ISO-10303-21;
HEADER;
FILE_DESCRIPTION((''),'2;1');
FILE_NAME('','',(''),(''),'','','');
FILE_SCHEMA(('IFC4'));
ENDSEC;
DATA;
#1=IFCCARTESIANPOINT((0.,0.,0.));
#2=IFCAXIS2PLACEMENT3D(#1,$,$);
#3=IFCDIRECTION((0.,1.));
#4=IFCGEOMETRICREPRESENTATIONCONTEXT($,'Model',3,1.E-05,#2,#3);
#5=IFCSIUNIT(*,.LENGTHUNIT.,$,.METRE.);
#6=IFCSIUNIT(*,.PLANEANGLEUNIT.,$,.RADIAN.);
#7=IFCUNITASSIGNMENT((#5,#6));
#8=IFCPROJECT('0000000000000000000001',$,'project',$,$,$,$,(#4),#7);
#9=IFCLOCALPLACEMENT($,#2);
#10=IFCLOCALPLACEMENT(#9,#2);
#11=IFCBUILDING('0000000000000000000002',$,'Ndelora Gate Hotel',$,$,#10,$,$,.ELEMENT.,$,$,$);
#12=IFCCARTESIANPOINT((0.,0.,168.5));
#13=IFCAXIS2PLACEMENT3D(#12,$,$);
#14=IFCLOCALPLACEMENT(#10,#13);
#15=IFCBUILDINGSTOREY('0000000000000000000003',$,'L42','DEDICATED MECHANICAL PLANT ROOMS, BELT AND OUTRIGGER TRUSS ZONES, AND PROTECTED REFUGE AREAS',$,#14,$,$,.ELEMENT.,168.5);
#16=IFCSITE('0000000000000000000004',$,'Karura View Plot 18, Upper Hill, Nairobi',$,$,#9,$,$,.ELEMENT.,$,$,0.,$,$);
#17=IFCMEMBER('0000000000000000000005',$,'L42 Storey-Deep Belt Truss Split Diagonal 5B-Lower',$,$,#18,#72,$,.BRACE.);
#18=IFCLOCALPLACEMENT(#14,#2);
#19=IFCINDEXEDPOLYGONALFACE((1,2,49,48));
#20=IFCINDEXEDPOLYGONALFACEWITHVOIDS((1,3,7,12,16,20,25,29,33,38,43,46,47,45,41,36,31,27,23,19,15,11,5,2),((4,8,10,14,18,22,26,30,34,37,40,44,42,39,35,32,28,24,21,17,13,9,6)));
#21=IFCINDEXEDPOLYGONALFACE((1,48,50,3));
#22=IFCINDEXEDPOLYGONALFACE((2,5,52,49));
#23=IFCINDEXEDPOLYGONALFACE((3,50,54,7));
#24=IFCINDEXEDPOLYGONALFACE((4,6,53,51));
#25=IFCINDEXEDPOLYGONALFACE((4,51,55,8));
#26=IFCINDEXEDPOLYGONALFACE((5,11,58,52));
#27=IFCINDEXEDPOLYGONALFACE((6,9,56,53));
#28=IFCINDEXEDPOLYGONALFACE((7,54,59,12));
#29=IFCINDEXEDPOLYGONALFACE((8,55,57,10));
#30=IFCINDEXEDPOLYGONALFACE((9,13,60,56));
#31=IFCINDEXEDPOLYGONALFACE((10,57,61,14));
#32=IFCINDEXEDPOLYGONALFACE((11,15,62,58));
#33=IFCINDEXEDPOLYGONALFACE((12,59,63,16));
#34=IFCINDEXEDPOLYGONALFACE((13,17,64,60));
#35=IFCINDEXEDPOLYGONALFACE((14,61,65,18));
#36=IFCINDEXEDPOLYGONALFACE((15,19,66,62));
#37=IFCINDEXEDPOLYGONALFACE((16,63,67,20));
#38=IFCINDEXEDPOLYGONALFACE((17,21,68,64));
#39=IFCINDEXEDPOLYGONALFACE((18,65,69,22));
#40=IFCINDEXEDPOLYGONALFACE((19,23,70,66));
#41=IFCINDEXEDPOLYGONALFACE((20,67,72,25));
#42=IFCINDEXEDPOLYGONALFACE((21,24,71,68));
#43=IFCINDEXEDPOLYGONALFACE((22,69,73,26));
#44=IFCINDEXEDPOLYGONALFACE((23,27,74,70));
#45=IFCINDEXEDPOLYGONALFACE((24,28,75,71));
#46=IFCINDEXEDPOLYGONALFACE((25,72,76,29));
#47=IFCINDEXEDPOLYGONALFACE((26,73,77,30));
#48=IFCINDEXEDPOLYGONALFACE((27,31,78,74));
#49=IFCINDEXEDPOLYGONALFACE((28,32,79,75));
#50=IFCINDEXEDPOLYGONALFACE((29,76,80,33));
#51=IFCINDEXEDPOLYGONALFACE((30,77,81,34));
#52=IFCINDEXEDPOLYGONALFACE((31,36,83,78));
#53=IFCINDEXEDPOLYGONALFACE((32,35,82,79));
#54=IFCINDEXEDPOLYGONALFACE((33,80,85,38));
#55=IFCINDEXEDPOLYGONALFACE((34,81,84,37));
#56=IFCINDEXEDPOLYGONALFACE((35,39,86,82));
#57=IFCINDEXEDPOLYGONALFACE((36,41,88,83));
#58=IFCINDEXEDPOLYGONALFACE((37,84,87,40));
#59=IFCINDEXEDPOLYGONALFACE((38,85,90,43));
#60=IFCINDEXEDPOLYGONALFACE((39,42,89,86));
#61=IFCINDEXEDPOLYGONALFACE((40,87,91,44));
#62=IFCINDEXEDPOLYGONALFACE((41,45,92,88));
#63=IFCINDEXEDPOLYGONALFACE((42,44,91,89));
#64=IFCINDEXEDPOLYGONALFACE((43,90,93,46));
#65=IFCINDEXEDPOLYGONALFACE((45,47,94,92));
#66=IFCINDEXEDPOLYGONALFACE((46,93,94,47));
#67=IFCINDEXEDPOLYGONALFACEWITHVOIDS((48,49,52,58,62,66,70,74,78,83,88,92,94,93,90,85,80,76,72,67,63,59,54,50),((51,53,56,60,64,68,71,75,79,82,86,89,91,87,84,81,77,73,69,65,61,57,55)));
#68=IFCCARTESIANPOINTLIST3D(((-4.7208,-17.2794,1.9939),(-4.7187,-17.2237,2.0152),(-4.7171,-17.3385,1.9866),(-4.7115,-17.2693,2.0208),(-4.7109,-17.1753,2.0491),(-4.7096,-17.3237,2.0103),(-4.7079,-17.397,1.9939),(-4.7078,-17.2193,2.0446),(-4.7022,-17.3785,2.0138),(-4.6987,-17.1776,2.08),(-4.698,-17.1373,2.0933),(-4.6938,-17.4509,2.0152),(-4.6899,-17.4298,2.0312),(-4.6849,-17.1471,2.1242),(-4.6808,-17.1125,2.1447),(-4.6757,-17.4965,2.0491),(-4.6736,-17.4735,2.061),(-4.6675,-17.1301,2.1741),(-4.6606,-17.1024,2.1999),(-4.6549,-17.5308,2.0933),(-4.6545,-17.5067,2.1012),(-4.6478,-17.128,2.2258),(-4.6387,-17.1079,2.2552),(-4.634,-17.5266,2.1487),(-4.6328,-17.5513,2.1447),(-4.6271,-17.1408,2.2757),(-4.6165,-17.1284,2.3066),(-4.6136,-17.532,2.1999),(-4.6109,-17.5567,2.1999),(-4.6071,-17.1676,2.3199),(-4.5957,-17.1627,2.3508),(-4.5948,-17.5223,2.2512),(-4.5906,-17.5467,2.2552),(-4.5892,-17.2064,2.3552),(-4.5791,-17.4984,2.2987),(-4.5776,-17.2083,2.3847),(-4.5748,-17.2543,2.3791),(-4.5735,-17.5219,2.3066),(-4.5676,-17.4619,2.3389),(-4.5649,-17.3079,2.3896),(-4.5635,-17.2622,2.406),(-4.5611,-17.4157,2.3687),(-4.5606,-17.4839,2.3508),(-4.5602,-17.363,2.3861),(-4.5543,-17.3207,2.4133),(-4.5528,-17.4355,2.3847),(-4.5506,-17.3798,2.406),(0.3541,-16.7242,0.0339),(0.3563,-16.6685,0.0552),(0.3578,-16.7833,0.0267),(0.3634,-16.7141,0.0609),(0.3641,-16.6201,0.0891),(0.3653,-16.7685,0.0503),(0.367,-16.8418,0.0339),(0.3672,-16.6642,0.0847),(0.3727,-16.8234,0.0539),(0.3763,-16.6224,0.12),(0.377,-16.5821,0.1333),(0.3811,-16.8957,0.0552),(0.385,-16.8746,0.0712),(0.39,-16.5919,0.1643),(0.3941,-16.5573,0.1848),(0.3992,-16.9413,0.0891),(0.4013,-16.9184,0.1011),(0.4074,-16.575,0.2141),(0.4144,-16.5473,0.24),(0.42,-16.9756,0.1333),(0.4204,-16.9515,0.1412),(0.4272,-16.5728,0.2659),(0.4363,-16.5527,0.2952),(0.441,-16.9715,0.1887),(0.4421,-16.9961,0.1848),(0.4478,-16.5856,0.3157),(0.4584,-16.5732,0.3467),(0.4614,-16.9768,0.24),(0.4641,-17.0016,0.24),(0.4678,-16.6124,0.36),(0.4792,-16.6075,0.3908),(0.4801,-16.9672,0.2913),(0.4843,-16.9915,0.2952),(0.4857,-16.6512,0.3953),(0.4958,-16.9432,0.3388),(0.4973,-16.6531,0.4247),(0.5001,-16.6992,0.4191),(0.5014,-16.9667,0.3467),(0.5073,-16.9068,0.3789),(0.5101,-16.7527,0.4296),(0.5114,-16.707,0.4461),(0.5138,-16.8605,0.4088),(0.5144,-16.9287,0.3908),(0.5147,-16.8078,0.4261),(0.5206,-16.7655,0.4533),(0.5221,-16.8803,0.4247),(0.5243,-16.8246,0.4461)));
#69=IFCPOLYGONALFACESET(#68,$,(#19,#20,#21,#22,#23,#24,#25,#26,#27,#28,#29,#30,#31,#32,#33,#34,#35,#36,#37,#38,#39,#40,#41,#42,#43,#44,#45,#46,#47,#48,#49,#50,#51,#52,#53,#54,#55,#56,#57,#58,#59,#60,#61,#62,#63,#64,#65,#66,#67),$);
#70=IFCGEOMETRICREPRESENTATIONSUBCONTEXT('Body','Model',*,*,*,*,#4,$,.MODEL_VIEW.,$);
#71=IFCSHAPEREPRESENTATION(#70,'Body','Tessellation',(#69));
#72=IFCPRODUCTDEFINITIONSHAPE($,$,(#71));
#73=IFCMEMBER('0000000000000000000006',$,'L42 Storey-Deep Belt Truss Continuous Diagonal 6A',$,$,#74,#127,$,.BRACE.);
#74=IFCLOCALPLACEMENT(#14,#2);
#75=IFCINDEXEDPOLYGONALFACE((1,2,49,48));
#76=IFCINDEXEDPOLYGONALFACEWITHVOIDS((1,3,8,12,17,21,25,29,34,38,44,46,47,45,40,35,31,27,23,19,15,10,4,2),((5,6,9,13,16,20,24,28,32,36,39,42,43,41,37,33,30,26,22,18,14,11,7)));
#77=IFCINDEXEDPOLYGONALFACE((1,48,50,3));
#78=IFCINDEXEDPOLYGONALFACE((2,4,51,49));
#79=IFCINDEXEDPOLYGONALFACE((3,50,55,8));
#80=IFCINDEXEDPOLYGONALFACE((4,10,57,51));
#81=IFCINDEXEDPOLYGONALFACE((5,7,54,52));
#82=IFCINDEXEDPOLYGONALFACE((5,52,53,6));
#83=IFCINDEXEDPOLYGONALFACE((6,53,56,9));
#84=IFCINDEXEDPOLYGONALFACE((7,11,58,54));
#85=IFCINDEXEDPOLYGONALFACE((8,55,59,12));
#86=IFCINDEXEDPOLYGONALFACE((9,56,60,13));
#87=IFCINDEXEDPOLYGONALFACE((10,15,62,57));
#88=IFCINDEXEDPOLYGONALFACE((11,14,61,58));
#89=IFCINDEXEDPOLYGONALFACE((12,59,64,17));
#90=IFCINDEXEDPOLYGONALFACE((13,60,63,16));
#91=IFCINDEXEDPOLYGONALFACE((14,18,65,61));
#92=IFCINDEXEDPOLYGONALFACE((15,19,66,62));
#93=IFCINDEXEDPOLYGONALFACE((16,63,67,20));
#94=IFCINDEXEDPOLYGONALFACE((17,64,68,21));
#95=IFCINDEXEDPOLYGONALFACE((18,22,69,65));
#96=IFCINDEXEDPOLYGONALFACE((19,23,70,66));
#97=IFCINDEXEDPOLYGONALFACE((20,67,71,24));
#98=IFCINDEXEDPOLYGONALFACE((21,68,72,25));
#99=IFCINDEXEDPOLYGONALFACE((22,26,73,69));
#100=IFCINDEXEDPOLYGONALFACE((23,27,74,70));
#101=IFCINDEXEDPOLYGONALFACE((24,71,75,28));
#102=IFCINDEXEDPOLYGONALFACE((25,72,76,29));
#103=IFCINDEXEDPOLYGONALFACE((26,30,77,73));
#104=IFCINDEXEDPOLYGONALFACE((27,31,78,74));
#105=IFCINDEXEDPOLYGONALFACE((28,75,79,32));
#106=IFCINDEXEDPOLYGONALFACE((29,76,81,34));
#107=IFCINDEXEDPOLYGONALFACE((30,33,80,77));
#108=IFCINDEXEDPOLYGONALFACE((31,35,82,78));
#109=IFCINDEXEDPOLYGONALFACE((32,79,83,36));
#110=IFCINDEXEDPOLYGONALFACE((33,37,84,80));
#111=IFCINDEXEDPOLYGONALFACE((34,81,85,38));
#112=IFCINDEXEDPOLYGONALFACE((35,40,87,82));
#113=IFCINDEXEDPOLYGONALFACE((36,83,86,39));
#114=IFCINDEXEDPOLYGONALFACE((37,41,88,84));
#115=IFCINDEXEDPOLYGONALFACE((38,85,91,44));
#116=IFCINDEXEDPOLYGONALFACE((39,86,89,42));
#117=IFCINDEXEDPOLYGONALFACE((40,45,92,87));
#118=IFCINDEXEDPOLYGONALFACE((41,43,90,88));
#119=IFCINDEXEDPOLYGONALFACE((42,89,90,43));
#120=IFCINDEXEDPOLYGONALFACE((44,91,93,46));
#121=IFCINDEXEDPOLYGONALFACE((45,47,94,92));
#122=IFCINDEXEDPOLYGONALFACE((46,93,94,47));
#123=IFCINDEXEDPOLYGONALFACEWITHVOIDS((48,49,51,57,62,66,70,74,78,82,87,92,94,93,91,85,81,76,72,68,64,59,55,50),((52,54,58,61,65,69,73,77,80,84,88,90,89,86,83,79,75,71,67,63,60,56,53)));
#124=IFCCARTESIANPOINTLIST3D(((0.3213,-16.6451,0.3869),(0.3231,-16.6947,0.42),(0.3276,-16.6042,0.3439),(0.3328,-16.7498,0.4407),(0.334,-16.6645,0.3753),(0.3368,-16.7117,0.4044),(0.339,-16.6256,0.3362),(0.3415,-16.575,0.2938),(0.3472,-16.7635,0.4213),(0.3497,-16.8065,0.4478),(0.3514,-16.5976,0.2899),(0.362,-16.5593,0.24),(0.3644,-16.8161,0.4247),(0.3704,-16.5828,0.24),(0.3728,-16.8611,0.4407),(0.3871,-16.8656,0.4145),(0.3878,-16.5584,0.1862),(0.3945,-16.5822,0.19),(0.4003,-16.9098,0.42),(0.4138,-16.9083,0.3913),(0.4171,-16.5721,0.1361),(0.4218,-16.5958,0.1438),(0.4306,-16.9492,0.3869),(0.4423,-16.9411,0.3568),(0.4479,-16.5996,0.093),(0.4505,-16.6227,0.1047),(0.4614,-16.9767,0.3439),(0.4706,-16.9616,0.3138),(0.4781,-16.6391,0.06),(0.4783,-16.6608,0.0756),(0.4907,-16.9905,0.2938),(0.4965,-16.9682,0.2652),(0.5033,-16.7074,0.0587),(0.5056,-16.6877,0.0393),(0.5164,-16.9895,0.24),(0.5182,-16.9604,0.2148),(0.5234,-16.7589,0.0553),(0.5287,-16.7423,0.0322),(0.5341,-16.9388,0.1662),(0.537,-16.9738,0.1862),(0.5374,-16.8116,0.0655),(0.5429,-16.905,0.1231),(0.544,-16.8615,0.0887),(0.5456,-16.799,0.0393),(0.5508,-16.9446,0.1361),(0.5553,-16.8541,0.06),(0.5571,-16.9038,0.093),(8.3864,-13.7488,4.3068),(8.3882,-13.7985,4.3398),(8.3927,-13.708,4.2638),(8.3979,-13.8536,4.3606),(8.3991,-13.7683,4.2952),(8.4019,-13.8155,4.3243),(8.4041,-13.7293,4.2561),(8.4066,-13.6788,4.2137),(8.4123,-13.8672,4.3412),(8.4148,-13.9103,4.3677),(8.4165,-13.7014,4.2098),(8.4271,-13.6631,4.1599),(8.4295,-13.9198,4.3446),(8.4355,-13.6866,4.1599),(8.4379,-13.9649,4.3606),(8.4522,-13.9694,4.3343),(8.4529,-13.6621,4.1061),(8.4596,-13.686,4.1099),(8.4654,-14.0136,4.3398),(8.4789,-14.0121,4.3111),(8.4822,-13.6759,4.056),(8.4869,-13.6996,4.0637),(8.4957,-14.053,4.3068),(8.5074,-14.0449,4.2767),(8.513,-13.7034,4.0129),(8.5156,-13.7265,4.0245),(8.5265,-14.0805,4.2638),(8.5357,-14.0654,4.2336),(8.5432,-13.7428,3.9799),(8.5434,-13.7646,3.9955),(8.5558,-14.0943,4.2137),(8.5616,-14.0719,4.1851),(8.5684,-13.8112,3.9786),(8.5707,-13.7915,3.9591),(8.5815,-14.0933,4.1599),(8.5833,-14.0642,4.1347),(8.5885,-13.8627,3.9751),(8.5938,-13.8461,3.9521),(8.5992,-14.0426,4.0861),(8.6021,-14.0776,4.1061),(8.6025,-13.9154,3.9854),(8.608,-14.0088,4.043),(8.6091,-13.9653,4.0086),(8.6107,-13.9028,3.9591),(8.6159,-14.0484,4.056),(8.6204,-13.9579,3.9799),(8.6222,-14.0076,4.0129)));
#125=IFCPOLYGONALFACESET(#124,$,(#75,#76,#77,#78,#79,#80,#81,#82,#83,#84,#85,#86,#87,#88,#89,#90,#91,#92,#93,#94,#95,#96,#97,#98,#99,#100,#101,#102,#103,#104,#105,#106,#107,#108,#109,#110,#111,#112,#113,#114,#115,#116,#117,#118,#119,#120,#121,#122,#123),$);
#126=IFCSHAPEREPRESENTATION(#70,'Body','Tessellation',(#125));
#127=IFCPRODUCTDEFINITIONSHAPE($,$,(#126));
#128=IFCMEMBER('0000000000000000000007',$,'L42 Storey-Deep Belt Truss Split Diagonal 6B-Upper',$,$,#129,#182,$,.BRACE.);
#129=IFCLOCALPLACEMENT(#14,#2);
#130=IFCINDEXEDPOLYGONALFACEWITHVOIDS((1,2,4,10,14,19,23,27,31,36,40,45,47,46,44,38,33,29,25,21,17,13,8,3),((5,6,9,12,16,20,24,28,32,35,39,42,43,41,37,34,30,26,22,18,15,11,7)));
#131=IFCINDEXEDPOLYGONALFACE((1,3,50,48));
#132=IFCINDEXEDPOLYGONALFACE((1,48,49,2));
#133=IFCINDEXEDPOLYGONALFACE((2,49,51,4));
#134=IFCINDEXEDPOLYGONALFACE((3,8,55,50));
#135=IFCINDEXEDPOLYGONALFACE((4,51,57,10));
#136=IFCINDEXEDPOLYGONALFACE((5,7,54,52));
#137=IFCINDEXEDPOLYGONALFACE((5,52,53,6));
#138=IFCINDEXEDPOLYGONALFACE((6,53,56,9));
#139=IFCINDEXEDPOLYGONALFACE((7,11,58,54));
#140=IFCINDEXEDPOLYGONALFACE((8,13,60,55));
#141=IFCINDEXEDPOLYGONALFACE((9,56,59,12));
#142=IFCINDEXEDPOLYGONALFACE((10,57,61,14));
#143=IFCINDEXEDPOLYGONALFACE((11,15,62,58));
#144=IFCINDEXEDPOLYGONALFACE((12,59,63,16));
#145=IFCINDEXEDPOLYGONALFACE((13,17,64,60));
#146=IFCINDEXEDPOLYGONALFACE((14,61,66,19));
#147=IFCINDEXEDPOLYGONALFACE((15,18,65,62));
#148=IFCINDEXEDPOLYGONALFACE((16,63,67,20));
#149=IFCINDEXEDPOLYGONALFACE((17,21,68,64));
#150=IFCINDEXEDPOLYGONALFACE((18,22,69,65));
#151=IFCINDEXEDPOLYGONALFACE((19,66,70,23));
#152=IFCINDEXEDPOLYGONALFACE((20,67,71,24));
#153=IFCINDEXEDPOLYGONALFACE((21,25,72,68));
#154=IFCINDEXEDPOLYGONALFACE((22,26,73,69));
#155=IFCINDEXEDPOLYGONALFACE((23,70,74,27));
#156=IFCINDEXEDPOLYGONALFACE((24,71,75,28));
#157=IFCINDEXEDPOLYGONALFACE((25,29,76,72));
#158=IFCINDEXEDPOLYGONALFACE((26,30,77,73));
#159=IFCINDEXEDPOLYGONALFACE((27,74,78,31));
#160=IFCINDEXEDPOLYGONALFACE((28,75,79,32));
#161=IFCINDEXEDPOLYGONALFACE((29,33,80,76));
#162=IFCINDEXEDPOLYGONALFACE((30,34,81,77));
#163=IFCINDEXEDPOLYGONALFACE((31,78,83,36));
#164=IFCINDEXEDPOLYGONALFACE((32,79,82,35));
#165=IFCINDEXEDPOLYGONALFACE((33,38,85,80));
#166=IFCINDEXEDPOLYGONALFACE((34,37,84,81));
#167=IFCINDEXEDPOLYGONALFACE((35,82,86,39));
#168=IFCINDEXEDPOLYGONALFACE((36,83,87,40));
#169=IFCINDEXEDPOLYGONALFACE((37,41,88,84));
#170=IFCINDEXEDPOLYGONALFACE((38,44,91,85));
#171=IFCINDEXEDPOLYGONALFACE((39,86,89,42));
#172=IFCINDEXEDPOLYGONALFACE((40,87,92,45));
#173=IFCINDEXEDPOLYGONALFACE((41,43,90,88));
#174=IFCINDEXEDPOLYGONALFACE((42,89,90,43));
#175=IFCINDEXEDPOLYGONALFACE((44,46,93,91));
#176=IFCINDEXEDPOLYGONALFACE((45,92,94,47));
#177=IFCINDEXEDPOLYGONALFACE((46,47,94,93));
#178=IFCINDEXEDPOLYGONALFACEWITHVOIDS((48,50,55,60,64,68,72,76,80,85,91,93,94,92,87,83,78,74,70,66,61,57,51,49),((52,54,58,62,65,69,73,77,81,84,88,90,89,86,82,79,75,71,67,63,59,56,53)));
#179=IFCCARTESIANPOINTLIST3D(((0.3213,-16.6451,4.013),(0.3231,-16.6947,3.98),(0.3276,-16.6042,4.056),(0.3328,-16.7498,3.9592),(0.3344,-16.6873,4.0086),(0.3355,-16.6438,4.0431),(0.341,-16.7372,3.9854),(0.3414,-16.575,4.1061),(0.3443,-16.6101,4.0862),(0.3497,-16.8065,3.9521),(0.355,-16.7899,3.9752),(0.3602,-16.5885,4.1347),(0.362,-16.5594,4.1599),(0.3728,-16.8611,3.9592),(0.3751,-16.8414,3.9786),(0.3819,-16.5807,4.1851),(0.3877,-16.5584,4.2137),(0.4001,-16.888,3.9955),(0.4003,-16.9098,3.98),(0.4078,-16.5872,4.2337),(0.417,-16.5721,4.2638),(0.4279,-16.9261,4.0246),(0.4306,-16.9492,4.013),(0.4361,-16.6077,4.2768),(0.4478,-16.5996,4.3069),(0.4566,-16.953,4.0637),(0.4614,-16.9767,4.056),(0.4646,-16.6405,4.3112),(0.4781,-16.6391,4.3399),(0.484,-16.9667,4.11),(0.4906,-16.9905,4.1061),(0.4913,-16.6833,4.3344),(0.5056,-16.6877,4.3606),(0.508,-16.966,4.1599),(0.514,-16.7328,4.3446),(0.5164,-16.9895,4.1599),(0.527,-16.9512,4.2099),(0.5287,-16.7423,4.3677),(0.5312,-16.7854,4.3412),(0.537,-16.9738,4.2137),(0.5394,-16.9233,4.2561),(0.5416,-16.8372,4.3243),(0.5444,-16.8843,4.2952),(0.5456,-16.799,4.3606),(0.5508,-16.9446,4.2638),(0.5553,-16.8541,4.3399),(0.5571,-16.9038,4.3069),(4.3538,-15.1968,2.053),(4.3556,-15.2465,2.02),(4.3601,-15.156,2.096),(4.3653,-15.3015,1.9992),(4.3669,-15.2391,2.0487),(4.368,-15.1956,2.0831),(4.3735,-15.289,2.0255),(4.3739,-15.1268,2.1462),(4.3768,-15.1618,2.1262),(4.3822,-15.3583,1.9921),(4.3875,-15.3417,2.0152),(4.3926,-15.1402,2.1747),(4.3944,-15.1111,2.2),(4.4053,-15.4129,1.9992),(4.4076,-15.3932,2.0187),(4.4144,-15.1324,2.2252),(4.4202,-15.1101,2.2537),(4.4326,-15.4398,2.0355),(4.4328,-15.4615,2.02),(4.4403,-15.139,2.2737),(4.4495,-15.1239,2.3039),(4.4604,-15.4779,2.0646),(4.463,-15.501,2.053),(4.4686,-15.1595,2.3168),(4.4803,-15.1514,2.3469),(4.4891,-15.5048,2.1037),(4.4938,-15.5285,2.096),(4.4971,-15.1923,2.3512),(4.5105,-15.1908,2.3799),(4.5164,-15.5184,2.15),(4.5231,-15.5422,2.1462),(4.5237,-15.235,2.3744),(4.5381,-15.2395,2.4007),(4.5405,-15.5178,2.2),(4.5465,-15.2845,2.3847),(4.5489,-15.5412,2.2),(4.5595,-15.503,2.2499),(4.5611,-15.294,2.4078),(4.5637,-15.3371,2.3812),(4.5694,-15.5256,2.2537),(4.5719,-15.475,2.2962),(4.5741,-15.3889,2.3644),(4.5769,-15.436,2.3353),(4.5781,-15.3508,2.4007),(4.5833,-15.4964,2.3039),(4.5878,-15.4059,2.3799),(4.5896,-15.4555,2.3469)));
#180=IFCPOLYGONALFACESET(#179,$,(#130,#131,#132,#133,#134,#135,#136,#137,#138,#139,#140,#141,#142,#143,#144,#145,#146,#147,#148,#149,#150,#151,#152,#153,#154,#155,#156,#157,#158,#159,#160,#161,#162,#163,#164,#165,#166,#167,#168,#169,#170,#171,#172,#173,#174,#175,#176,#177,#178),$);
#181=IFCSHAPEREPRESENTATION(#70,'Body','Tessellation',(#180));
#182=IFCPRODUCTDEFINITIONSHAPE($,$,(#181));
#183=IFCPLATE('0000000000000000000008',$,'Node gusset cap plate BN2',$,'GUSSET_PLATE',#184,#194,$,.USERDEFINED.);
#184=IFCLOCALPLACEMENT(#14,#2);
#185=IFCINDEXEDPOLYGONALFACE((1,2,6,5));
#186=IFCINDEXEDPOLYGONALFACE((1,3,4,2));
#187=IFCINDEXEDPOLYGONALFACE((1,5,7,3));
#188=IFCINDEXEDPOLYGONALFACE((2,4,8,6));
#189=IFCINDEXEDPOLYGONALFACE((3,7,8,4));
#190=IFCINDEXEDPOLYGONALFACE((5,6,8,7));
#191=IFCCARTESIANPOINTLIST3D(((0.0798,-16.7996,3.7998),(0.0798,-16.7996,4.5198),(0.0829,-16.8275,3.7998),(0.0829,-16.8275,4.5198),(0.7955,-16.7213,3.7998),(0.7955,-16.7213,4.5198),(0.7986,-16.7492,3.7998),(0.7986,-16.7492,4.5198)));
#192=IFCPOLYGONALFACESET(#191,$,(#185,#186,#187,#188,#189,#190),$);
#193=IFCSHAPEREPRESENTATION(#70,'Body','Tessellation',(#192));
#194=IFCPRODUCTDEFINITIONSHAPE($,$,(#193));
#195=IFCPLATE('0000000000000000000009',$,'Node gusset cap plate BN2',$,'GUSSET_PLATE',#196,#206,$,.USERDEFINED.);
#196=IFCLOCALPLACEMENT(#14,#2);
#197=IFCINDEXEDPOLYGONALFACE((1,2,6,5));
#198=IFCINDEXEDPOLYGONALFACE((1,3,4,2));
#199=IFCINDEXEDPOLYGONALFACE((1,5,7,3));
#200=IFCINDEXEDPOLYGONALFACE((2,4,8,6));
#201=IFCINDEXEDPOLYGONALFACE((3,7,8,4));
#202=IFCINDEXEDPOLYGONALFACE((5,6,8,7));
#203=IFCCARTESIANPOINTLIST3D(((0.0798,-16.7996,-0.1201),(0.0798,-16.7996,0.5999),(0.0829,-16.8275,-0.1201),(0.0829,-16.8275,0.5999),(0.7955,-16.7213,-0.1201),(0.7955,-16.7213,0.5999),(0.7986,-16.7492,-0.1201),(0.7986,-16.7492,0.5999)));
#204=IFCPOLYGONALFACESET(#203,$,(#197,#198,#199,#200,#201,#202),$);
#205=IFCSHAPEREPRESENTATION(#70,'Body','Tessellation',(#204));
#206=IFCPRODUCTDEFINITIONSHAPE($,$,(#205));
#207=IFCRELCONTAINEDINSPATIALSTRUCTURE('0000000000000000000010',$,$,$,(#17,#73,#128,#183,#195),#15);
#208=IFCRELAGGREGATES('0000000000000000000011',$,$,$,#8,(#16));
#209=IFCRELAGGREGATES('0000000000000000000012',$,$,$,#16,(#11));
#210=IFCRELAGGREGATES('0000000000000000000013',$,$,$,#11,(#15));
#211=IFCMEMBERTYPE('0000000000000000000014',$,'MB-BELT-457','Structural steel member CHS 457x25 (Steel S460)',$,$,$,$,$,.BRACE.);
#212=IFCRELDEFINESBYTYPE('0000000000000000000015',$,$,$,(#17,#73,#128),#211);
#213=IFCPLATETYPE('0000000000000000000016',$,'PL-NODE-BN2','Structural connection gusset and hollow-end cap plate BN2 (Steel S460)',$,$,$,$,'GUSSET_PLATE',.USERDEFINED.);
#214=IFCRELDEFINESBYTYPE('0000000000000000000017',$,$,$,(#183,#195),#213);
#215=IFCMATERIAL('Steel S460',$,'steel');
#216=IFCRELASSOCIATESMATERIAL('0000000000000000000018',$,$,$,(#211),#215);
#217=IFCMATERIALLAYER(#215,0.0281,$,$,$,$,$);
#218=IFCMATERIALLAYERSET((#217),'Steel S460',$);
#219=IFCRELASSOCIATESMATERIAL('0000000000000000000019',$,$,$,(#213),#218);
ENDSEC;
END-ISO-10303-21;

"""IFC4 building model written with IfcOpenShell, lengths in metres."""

from ifc_helpers import new_model, si_unit, direction, frame, origin, origin_2d, place, context, subcontext, project, spatial, rectangle, hollow_circle, extrude, material, layer, layer_set, material_profile, profile_set, type_object, element, save


model = new_model("IFC4")

# Units and contexts
model_context = context("Model", 3, precision=1e-05, world=origin(), true_north=direction((0.0, 1.0)))
body_context = subcontext(model_context, "Body", "Model", "MODEL_VIEW")
ifc_project = project(units=[si_unit("LENGTHUNIT", "METRE"), si_unit("PLANEANGLEUNIT", "RADIAN")], contexts=[model_context])

# Site, building, storey
site_placement = place(None, origin())
site = spatial("IfcSite", under=ifc_project, at=site_placement, Name="Karura View Plot 18, Upper Hill, Nairobi", CompositionType="ELEMENT", RefElevation=0.0)
building_placement = place(site_placement, origin())
building = spatial("IfcBuilding", under=site, at=building_placement, Name="Ndelora Gate Hotel", CompositionType="ELEMENT")
storey_placement = place(building_placement, frame((0.0, 0.0, 168.5)))
storey = spatial("IfcBuildingStorey", under=building, at=storey_placement, Name="L42", Description="DEDICATED MECHANICAL PLANT ROOMS, BELT AND OUTRIGGER TRUSS ZONES, AND PROTECTED REFUGE AREAS", CompositionType="ELEMENT", Elevation=168.5)

# Shared definitions
ifc_material_1 = material(Name="Steel S460", Category="steel")

# Members
ifc_material_profile_1 = material_profile(ifc_material_1, hollow_circle(Radius=0.2285, WallThickness=0.0249, at=origin_2d()), Name="CHS 457x25")
ifc_profile_set_1 = profile_set([ifc_material_profile_1], Name="Steel S460")
member_type = type_object("IfcMemberType", Name="MB-BELT-457", Description="Structural steel member CHS 457x25 (Steel S460)", PredefinedType="BRACE", material=ifc_profile_set_1)
member_1_placement = place(storey_placement, frame((0.4392, -16.7744, 0.24), z_axis=(-0.928029, -0.101522, 0.358407), x_axis=(0.108747, -0.99407, 0.0)))
element("IfcMember", 1, at=member_1_placement, inside=storey, type_object=member_type, Name="L42 Storey-Deep Belt Truss Split Diagonal 5B-Lower", PredefinedType="BRACE", context=body_context, shape_type="SweptSolid", body=[
    extrude(hollow_circle(Radius=0.2285, WallThickness=0.0249, at=origin_2d()), origin(), (0.0, 0.0, 1.0), 5.4685),
])
member_2_placement = place(storey_placement, frame((0.4392, -16.7744, 0.24), z_axis=(0.855864, 0.307344, 0.415976), x_axis=(-0.337973, 0.941156, 0.0)))
element("IfcMember", 2, at=member_2_placement, inside=storey, type_object=member_type, Name="L42 Storey-Deep Belt Truss Continuous Diagonal 6A", PredefinedType="BRACE", context=body_context, shape_type="SweptSolid", body=[
    extrude(hollow_circle(Radius=0.2285, WallThickness=0.0249, at=origin_2d()), origin(), (0.0, 0.0, 1.0), 9.4233),
])
member_3_placement = place(storey_placement, frame((4.4717, -15.3262, 2.2), z_axis=(-0.855851, -0.307375, 0.415982), x_axis=(0.338007, -0.941144, 0.0)))
element("IfcMember", 3, at=member_3_placement, inside=storey, type_object=member_type, Name="L42 Storey-Deep Belt Truss Split Diagonal 6B-Upper", PredefinedType="BRACE", context=body_context, shape_type="SweptSolid", body=[
    extrude(hollow_circle(Radius=0.2285, WallThickness=0.0249, at=origin_2d()), origin(), (0.0, 0.0, 1.0), 4.7117),
])

# Plates
ifc_layer_1 = layer(ifc_material_1, 0.0281)
ifc_layer_set_1 = layer_set([ifc_layer_1], Name="Steel S460")
plate_type_1 = type_object("IfcPlateType", Name="PL-NODE-BN2", Description="Structural connection gusset and hollow-end cap plate BN2 (Steel S460)", ElementType="GUSSET_PLATE", PredefinedType="USERDEFINED", material=ifc_layer_set_1)
for number, where, z_axis, x_axis, name in (
    (4, (0.4392, -16.7744, 3.7998), (0.0, 0.0, 1.0), (0.994075, 0.108693, 0.0), "Node gusset cap plate BN2"),
    (5, (0.4392, -16.7744, -0.1201), (0.0, 0.0, 1.0), (0.994075, 0.108693, 0.0), "Node gusset cap plate BN2"),
):
    element("IfcPlate", number, at=place(storey_placement, frame(where, z_axis=z_axis, x_axis=x_axis)), inside=storey, type_object=plate_type_1, Name=name, ObjectType="GUSSET_PLATE", PredefinedType="USERDEFINED", context=body_context, shape_type="SweptSolid", body=[
        extrude(rectangle(XDim=0.72, YDim=0.0281, at=origin_2d()), origin(), (0.0, 0.0, 1.0), 0.72),
    ])

save(model, "model.ifc")
